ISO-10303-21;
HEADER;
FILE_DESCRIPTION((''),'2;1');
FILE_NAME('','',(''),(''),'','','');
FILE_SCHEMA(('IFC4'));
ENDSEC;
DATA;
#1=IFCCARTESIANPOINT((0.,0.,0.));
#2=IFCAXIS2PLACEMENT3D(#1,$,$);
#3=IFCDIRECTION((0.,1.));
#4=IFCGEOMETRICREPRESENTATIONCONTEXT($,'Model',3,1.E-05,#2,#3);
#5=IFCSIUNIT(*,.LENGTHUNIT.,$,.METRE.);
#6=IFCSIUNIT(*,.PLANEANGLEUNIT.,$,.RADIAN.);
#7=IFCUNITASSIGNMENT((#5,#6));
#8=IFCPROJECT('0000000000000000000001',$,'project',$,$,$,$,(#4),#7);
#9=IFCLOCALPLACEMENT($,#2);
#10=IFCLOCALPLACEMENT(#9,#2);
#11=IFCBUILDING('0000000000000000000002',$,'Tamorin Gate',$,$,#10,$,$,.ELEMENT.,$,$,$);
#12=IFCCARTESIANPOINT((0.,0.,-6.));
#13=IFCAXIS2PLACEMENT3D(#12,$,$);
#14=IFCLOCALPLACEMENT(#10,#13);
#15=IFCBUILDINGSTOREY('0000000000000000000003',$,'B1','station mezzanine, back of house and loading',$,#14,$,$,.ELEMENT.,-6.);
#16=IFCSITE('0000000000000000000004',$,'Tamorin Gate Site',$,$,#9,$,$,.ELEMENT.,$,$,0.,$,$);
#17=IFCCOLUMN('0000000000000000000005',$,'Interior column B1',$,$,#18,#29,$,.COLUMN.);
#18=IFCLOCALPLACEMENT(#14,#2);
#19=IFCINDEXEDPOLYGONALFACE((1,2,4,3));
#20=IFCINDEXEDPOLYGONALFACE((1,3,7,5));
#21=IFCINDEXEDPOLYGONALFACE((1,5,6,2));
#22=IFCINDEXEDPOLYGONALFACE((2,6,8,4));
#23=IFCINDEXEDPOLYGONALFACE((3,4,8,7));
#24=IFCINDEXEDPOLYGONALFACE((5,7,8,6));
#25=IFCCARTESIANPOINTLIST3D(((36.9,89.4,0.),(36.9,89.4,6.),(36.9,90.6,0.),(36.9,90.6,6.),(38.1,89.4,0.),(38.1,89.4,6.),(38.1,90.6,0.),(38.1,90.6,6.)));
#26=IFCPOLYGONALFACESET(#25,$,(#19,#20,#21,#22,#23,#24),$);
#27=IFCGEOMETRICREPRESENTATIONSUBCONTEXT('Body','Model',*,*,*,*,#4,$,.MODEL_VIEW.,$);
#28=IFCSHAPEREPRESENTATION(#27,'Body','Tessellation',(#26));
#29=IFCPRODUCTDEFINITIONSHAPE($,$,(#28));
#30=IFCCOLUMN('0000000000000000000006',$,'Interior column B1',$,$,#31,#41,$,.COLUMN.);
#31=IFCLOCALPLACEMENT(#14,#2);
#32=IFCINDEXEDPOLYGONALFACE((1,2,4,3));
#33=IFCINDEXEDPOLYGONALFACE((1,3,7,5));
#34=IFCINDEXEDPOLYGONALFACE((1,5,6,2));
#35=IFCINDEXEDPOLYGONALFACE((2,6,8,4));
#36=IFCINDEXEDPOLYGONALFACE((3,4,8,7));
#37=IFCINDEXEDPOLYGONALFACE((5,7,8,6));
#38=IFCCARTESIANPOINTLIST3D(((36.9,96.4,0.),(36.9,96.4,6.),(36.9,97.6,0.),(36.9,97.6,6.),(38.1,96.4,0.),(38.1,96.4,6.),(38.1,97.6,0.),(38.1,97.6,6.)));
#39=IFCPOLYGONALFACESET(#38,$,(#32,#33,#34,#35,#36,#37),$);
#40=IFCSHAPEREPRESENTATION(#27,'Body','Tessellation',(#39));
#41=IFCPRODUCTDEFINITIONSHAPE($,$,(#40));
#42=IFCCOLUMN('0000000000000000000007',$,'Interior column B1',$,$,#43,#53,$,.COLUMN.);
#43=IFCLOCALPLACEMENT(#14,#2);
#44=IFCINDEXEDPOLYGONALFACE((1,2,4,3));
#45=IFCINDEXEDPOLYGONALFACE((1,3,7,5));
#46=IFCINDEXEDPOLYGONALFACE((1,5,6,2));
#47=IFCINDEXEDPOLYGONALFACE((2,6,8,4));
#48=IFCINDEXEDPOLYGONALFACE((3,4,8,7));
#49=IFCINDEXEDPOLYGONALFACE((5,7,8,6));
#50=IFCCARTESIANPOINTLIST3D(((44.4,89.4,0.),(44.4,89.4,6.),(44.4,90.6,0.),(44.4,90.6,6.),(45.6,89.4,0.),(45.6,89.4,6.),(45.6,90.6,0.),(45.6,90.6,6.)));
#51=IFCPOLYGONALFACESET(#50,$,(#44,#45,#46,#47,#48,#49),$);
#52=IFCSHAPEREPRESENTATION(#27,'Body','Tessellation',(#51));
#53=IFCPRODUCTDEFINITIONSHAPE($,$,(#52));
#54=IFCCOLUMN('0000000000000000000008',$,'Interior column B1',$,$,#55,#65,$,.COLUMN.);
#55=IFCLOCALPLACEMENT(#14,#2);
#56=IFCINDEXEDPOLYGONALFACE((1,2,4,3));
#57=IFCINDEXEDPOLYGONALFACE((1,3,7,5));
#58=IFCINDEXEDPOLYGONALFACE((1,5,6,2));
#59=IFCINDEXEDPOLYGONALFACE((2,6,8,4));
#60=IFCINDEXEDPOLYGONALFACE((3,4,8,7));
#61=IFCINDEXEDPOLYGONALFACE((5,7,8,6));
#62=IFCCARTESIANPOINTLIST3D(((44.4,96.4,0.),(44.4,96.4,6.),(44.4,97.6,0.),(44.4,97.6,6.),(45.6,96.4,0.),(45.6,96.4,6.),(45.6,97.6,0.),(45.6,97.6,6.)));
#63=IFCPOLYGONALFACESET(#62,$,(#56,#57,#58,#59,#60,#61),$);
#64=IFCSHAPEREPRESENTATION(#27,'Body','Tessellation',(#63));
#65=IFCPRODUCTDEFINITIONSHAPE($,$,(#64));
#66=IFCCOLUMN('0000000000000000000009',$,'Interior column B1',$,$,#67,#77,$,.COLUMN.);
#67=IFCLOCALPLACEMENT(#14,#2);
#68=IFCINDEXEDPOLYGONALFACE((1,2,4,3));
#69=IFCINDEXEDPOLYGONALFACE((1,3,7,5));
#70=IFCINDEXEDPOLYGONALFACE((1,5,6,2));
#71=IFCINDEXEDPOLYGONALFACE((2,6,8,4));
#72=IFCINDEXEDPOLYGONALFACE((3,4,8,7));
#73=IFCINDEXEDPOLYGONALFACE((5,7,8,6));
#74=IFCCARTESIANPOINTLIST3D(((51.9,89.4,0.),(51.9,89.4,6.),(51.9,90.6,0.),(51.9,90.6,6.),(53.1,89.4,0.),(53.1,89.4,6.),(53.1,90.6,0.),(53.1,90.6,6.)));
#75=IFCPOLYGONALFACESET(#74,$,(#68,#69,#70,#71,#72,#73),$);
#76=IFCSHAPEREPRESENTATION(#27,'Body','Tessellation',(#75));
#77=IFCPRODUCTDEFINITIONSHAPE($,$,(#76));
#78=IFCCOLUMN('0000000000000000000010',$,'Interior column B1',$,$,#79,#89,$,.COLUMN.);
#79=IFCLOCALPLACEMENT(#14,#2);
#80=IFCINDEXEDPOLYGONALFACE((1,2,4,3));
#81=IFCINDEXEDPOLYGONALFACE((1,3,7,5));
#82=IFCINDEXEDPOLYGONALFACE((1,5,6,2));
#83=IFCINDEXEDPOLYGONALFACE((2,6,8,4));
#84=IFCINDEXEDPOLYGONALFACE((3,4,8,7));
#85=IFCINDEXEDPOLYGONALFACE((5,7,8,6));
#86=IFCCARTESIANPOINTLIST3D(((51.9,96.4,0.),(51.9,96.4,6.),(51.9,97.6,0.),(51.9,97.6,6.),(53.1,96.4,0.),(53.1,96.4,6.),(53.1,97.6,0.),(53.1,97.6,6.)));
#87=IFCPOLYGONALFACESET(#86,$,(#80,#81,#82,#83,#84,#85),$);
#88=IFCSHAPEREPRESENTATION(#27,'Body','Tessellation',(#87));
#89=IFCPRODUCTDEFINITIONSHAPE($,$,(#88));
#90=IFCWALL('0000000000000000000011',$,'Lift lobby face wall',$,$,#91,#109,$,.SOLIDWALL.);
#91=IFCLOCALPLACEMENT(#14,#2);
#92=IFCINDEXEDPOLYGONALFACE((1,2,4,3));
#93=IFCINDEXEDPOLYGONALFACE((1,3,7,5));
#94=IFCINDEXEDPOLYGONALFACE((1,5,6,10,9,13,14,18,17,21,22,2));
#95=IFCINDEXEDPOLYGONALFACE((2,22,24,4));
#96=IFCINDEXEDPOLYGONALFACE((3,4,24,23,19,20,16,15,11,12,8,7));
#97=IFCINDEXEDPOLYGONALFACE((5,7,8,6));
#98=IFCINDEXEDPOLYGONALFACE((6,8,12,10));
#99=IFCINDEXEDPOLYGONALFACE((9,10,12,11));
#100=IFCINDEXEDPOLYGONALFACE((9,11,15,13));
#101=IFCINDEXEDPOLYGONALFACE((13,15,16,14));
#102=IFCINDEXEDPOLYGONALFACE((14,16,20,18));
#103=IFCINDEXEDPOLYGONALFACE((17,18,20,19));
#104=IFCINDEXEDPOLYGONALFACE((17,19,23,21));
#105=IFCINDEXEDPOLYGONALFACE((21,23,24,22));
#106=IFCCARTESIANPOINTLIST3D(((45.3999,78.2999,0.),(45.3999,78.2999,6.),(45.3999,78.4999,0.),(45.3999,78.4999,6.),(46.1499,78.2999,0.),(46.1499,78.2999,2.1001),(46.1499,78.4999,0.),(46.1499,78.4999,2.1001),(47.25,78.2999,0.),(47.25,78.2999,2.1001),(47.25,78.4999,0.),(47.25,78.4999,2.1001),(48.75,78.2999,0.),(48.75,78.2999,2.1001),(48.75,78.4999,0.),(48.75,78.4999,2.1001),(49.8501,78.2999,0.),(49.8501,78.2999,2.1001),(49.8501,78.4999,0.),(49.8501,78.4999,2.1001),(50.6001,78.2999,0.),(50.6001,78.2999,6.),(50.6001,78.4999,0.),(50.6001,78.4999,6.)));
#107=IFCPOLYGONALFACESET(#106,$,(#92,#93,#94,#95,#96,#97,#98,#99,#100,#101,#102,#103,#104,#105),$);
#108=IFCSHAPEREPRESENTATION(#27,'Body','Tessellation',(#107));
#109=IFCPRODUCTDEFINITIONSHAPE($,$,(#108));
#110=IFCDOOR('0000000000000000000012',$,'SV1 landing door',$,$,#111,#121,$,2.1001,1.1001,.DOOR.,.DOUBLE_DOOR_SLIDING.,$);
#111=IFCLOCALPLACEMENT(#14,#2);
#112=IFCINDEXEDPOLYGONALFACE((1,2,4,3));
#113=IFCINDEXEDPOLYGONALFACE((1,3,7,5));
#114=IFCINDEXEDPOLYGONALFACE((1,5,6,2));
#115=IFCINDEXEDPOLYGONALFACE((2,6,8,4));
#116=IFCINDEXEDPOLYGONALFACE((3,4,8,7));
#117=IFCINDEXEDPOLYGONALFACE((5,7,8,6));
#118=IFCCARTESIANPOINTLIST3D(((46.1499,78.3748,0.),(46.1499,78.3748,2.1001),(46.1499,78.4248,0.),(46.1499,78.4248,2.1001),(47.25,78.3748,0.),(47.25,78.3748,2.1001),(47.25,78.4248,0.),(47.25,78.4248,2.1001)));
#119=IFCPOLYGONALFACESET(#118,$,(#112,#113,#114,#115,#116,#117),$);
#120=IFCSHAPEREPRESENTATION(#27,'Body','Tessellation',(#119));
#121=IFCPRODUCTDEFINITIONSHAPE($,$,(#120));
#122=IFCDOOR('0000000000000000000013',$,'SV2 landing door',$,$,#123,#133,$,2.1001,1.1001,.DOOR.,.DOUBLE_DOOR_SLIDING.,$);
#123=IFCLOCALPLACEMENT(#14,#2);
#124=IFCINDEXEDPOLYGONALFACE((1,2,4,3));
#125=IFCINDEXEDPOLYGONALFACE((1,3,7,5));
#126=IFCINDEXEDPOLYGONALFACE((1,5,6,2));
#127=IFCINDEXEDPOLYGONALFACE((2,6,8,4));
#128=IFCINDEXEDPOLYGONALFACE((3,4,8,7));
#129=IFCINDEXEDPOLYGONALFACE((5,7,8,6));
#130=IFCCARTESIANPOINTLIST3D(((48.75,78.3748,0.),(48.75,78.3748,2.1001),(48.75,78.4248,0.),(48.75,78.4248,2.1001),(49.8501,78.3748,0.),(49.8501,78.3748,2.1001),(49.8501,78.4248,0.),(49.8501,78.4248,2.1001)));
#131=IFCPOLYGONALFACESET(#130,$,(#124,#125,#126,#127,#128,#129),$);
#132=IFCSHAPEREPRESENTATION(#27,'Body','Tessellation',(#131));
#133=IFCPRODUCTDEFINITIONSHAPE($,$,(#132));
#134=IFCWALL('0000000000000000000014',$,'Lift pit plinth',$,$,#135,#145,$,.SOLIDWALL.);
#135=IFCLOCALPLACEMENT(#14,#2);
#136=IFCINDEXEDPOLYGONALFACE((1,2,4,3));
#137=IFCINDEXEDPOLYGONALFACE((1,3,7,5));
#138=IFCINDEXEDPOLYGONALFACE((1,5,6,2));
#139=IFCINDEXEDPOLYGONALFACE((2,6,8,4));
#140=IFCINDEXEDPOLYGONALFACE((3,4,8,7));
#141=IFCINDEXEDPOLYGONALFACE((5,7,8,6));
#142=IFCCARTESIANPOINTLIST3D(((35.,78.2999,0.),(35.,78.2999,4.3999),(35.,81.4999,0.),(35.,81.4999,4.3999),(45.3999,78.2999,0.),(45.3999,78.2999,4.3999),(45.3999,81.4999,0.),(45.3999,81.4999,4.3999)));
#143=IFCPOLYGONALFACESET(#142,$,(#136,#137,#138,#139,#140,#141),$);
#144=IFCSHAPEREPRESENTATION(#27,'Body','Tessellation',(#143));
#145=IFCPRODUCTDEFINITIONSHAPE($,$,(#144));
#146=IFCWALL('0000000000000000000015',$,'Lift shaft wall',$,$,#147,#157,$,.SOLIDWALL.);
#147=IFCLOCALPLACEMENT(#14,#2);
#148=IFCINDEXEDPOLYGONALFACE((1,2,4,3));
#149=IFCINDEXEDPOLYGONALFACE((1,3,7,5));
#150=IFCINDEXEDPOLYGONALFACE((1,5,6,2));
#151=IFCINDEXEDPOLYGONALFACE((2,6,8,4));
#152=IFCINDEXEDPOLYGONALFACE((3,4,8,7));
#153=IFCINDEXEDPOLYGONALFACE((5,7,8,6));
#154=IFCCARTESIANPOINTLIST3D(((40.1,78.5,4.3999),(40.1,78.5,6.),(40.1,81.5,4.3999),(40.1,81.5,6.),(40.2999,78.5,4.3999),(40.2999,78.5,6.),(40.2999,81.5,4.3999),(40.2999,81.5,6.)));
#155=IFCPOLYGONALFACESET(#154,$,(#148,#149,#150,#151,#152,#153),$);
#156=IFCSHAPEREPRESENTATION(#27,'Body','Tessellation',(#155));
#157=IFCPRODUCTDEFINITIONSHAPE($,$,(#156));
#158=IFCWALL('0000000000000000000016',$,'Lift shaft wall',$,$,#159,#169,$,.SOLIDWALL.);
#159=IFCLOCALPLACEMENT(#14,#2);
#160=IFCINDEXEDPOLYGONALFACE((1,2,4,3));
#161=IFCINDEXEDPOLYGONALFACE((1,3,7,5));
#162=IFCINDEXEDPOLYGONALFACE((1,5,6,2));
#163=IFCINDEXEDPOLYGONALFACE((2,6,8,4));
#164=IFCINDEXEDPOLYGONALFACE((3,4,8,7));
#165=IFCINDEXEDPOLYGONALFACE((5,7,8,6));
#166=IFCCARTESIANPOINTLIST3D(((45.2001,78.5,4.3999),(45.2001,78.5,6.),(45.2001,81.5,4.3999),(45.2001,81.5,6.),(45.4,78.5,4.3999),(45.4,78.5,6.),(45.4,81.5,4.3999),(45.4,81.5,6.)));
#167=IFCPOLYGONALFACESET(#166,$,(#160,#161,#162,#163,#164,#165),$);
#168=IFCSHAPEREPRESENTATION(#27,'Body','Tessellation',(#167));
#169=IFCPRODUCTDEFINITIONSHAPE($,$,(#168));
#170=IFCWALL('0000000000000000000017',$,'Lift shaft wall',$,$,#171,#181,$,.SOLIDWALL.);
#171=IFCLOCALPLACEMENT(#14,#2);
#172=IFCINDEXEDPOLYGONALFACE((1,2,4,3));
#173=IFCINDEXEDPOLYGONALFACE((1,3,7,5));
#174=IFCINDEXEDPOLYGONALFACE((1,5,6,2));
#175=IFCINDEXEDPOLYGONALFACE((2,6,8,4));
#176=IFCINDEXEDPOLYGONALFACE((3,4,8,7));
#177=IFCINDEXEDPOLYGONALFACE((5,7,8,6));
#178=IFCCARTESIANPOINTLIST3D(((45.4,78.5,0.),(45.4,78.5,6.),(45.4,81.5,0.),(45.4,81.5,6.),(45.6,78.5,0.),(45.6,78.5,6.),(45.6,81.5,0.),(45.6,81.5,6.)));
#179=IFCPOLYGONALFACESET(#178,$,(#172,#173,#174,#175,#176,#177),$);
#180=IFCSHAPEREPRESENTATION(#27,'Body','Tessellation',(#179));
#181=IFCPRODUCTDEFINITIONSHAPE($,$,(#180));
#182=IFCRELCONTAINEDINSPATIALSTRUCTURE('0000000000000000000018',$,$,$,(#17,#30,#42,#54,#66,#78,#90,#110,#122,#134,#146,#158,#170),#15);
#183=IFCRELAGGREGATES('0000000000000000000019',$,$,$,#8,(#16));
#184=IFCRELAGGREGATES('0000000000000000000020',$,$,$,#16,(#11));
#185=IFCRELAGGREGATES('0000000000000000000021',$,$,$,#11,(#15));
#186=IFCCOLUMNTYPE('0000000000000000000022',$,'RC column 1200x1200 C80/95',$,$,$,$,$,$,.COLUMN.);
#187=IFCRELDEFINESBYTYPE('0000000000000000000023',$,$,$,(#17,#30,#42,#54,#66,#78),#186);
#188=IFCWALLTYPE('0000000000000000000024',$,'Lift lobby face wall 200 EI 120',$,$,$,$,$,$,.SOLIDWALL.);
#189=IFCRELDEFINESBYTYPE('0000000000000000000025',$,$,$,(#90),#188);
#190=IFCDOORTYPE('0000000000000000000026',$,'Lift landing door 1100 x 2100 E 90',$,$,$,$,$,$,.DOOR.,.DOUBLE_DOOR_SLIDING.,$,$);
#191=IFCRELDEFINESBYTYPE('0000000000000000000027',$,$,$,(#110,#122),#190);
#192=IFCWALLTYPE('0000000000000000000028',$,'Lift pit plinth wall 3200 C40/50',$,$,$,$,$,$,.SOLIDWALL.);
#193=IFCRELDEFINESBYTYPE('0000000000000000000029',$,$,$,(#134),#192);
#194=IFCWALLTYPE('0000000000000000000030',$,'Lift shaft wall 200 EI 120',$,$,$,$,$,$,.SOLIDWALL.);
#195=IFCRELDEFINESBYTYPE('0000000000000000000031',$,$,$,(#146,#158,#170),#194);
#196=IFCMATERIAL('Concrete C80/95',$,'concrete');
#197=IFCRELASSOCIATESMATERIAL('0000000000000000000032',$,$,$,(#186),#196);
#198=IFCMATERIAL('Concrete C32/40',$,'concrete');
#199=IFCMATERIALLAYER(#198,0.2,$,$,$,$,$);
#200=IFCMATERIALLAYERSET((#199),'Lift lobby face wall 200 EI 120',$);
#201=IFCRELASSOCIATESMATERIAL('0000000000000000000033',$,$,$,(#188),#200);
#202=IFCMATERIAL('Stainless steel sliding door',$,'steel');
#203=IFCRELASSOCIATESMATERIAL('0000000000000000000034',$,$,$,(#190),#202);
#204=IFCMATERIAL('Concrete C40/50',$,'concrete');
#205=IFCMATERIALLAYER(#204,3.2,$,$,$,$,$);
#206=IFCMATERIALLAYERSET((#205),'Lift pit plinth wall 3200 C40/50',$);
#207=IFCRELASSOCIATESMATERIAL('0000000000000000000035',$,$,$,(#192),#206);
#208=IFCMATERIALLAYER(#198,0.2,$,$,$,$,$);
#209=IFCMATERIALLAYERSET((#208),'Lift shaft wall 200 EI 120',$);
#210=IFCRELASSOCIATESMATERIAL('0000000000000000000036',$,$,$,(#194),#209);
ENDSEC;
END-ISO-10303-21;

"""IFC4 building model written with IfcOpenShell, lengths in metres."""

from ifc_helpers import new_model, si_unit, direction, frame, frame_2d, origin, origin_2d, place, context, subcontext, project, spatial, rectangle, extrude, material, layer, layer_set, material_profile, profile_set, type_object, element, fill, save


model = new_model("IFC4")

# Units and contexts
model_context = context("Model", 3, precision=1e-05, world=origin(), true_north=direction((0.0, 1.0)))
body_context = subcontext(model_context, "Body", "Model", "MODEL_VIEW")
ifc_project = project(units=[si_unit("LENGTHUNIT", "METRE"), si_unit("PLANEANGLEUNIT", "RADIAN")], contexts=[model_context])

# Site, building, storey
site_placement = place(None, origin())
site = spatial("IfcSite", under=ifc_project, at=site_placement, Name="Tamorin Gate Site", CompositionType="ELEMENT", RefElevation=0.0)
building_placement = place(site_placement, origin())
building = spatial("IfcBuilding", under=site, at=building_placement, Name="Tamorin Gate", CompositionType="ELEMENT")
storey_placement = place(building_placement, frame((0.0, 0.0, -6.0)))
storey = spatial("IfcBuildingStorey", under=building, at=storey_placement, Name="B1", Description="station mezzanine, back of house and loading", CompositionType="ELEMENT", Elevation=-6.0)

# Columns
ifc_material_1 = material(Name="Concrete C80/95", Category="concrete")
ifc_material_profile = material_profile(ifc_material_1, rectangle(XDim=1.2, YDim=1.2, at=origin_2d()), Name="RC 1200x1200")
ifc_profile_set = profile_set([ifc_material_profile], Name="Concrete C80/95")
column_type = type_object("IfcColumnType", Name="RC column 1200x1200 C80/95", PredefinedType="COLUMN", material=ifc_profile_set)
for number, where, z_axis, x_axis, name in (
    (1, (37.5, 90.0, 0.0), (0.0, 0.0, 1.0), (1.0, 0.0, 0.0), "Interior column B1"),
    (2, (37.5, 97.0, 0.0), (0.0, 0.0, 1.0), (1.0, 0.0, 0.0), "Interior column B1"),
    (3, (45.0, 90.0, 0.0), (0.0, 0.0, 1.0), (1.0, 0.0, 0.0), "Interior column B1"),
    (4, (45.0, 97.0, 0.0), (0.0, 0.0, 1.0), (1.0, 0.0, 0.0), "Interior column B1"),
    (5, (52.5, 90.0, 0.0), (0.0, 0.0, 1.0), (1.0, 0.0, 0.0), "Interior column B1"),
    (6, (52.5, 97.0, 0.0), (0.0, 0.0, 1.0), (1.0, 0.0, 0.0), "Interior column B1"),
):
    element("IfcColumn", number, at=place(storey_placement, frame(where, z_axis=z_axis, x_axis=x_axis)), inside=storey, type_object=column_type, Name=name, PredefinedType="COLUMN", context=body_context, shape_type="SweptSolid", body=[
        extrude(rectangle(XDim=1.2, YDim=1.2, at=origin_2d()), origin(), (0.0, 0.0, 1.0), 6.0),
    ])

# Wall, openings, doors
ifc_material_2 = material(Name="Concrete C32/40", Category="concrete")
ifc_layer_1 = layer(ifc_material_2, 0.2)
ifc_layer_set_1 = layer_set([ifc_layer_1], Name="Lift lobby face wall 200 EI 120")
wall_type_1 = type_object("IfcWallType", Name="Lift lobby face wall 200 EI 120", PredefinedType="SOLIDWALL", material=ifc_layer_set_1)
wall_1_placement = place(storey_placement, frame((45.3999, 78.3999, 0.0), z_axis=(0.0, 0.0, 1.0), x_axis=(1.0, 0.0, 0.0)))
wall_1 = element("IfcWall", 7, at=wall_1_placement, inside=storey, type_object=wall_type_1, Name="Lift lobby face wall", PredefinedType="SOLIDWALL", context=body_context, shape_type="SweptSolid", body=[
    extrude(rectangle(XDim=5.2002, YDim=0.2, at=frame_2d((2.6001, 0.0))), origin(), (0.0, 0.0, 1.0), 6.0),
])
opening_1_placement = place(wall_1_placement, frame((0.75, 0.0, 0.0)))
opening_1 = element("IfcOpeningElement", 8, at=opening_1_placement, cuts=wall_1, PredefinedType="OPENING", context=body_context, shape_type="SweptSolid", body=[
    extrude(rectangle(XDim=1.1001, YDim=2.1001, at=frame_2d((0.55, 1.05))), frame((0.0, 0.1099, 0.0), z_axis=(0.0, -1.0, 0.0), x_axis=(1.0, 0.0, 0.0)), (0.0, 0.0, 1.0), 0.22),
])
opening_2_placement = place(wall_1_placement, frame((3.3501, 0.0, 0.0)))
opening_2 = element("IfcOpeningElement", 9, at=opening_2_placement, cuts=wall_1, PredefinedType="OPENING", context=body_context, shape_type="SweptSolid", body=[
    extrude(rectangle(XDim=1.1001, YDim=2.1001, at=frame_2d((0.55, 1.05))), frame((0.0, 0.1099, 0.0), z_axis=(0.0, -1.0, 0.0), x_axis=(1.0, 0.0, 0.0)), (0.0, 0.0, 1.0), 0.22),
])
ifc_material_3 = material(Name="Stainless steel sliding door", Category="steel")
door_type_1 = type_object("IfcDoorType", Name="Lift landing door 1100 x 2100 E 90", OperationType="DOUBLE_DOOR_SLIDING", PredefinedType="DOOR", material=ifc_material_3)
door_1_placement = place(opening_1_placement, origin())
door_1 = element("IfcDoor", 10, at=door_1_placement, inside=storey, type_object=door_type_1, Name="SV1 landing door", OperationType="DOUBLE_DOOR_SLIDING", OverallHeight=2.1001, OverallWidth=1.1001, PredefinedType="DOOR", context=body_context, shape_type="SweptSolid", body=[
    extrude(rectangle(XDim=1.1001, YDim=2.1001, at=frame_2d((0.55, 1.05))), frame((0.0, 0.0249, 0.0), z_axis=(0.0, -1.0, 0.0), x_axis=(1.0, 0.0, 0.0)), (0.0, 0.0, 1.0), 0.05),
])
fill(opening_1, door_1)
door_2_placement = place(opening_2_placement, origin())
door_2 = element("IfcDoor", 11, at=door_2_placement, inside=storey, type_object=door_type_1, Name="SV2 landing door", OperationType="DOUBLE_DOOR_SLIDING", OverallHeight=2.1001, OverallWidth=1.1001, PredefinedType="DOOR", context=body_context, shape_type="SweptSolid", body=[
    extrude(rectangle(XDim=1.1001, YDim=2.1001, at=frame_2d((0.55, 1.05))), frame((0.0, 0.0249, 0.0), z_axis=(0.0, -1.0, 0.0), x_axis=(1.0, 0.0, 0.0)), (0.0, 0.0, 1.0), 0.05),
])
fill(opening_2, door_2)

# Walls
ifc_material_4 = material(Name="Concrete C40/50", Category="concrete")
ifc_layer_2 = layer(ifc_material_4, 3.2)
ifc_layer_set_2 = layer_set([ifc_layer_2], Name="Lift pit plinth wall 3200 C40/50")
wall_type_2 = type_object("IfcWallType", Name="Lift pit plinth wall 3200 C40/50", PredefinedType="SOLIDWALL", material=ifc_layer_set_2)
wall_2_placement = place(storey_placement, frame((35.0, 79.8999, 0.0), z_axis=(0.0, 0.0, 1.0), x_axis=(1.0, 0.0, 0.0)))
element("IfcWall", 12, at=wall_2_placement, inside=storey, type_object=wall_type_2, Name="Lift pit plinth", PredefinedType="SOLIDWALL", context=body_context, shape_type="SweptSolid", body=[
    extrude(rectangle(XDim=10.3999, YDim=3.2, at=frame_2d((5.2, 0.0))), origin(), (0.0, 0.0, 1.0), 4.3999),
])
ifc_layer_3 = layer(ifc_material_2, 0.2)
ifc_layer_set_3 = layer_set([ifc_layer_3], Name="Lift shaft wall 200 EI 120")
wall_type_3 = type_object("IfcWallType", Name="Lift shaft wall 200 EI 120", PredefinedType="SOLIDWALL", material=ifc_layer_set_3)
for number, where, z_axis, x_axis, name in (
    (13, (40.2, 78.5, 4.3999), (0.0, 0.0, 1.0), (0.0, 1.0, 0.0), "Lift shaft wall"),
    (14, (45.3, 78.5, 4.3999), (0.0, 0.0, 1.0), (0.0, 1.0, 0.0), "Lift shaft wall"),
):
    element("IfcWall", number, at=place(storey_placement, frame(where, z_axis=z_axis, x_axis=x_axis)), inside=storey, type_object=wall_type_3, Name=name, PredefinedType="SOLIDWALL", context=body_context, shape_type="SweptSolid", body=[
        extrude(rectangle(XDim=3.0, YDim=0.2, at=frame_2d((1.5, 0.0))), origin(), (0.0, 0.0, 1.0), 1.6001),
    ])
wall_3_placement = place(storey_placement, frame((45.5, 78.5, 0.0), z_axis=(0.0, 0.0, 1.0), x_axis=(0.0, 1.0, 0.0)))
element("IfcWall", 15, at=wall_3_placement, inside=storey, type_object=wall_type_3, Name="Lift shaft wall", PredefinedType="SOLIDWALL", context=body_context, shape_type="SweptSolid", body=[
    extrude(rectangle(XDim=3.0, YDim=0.2, at=frame_2d((1.5, 0.0))), origin(), (0.0, 0.0, 1.0), 6.0),
])

save(model, "model.ifc")
